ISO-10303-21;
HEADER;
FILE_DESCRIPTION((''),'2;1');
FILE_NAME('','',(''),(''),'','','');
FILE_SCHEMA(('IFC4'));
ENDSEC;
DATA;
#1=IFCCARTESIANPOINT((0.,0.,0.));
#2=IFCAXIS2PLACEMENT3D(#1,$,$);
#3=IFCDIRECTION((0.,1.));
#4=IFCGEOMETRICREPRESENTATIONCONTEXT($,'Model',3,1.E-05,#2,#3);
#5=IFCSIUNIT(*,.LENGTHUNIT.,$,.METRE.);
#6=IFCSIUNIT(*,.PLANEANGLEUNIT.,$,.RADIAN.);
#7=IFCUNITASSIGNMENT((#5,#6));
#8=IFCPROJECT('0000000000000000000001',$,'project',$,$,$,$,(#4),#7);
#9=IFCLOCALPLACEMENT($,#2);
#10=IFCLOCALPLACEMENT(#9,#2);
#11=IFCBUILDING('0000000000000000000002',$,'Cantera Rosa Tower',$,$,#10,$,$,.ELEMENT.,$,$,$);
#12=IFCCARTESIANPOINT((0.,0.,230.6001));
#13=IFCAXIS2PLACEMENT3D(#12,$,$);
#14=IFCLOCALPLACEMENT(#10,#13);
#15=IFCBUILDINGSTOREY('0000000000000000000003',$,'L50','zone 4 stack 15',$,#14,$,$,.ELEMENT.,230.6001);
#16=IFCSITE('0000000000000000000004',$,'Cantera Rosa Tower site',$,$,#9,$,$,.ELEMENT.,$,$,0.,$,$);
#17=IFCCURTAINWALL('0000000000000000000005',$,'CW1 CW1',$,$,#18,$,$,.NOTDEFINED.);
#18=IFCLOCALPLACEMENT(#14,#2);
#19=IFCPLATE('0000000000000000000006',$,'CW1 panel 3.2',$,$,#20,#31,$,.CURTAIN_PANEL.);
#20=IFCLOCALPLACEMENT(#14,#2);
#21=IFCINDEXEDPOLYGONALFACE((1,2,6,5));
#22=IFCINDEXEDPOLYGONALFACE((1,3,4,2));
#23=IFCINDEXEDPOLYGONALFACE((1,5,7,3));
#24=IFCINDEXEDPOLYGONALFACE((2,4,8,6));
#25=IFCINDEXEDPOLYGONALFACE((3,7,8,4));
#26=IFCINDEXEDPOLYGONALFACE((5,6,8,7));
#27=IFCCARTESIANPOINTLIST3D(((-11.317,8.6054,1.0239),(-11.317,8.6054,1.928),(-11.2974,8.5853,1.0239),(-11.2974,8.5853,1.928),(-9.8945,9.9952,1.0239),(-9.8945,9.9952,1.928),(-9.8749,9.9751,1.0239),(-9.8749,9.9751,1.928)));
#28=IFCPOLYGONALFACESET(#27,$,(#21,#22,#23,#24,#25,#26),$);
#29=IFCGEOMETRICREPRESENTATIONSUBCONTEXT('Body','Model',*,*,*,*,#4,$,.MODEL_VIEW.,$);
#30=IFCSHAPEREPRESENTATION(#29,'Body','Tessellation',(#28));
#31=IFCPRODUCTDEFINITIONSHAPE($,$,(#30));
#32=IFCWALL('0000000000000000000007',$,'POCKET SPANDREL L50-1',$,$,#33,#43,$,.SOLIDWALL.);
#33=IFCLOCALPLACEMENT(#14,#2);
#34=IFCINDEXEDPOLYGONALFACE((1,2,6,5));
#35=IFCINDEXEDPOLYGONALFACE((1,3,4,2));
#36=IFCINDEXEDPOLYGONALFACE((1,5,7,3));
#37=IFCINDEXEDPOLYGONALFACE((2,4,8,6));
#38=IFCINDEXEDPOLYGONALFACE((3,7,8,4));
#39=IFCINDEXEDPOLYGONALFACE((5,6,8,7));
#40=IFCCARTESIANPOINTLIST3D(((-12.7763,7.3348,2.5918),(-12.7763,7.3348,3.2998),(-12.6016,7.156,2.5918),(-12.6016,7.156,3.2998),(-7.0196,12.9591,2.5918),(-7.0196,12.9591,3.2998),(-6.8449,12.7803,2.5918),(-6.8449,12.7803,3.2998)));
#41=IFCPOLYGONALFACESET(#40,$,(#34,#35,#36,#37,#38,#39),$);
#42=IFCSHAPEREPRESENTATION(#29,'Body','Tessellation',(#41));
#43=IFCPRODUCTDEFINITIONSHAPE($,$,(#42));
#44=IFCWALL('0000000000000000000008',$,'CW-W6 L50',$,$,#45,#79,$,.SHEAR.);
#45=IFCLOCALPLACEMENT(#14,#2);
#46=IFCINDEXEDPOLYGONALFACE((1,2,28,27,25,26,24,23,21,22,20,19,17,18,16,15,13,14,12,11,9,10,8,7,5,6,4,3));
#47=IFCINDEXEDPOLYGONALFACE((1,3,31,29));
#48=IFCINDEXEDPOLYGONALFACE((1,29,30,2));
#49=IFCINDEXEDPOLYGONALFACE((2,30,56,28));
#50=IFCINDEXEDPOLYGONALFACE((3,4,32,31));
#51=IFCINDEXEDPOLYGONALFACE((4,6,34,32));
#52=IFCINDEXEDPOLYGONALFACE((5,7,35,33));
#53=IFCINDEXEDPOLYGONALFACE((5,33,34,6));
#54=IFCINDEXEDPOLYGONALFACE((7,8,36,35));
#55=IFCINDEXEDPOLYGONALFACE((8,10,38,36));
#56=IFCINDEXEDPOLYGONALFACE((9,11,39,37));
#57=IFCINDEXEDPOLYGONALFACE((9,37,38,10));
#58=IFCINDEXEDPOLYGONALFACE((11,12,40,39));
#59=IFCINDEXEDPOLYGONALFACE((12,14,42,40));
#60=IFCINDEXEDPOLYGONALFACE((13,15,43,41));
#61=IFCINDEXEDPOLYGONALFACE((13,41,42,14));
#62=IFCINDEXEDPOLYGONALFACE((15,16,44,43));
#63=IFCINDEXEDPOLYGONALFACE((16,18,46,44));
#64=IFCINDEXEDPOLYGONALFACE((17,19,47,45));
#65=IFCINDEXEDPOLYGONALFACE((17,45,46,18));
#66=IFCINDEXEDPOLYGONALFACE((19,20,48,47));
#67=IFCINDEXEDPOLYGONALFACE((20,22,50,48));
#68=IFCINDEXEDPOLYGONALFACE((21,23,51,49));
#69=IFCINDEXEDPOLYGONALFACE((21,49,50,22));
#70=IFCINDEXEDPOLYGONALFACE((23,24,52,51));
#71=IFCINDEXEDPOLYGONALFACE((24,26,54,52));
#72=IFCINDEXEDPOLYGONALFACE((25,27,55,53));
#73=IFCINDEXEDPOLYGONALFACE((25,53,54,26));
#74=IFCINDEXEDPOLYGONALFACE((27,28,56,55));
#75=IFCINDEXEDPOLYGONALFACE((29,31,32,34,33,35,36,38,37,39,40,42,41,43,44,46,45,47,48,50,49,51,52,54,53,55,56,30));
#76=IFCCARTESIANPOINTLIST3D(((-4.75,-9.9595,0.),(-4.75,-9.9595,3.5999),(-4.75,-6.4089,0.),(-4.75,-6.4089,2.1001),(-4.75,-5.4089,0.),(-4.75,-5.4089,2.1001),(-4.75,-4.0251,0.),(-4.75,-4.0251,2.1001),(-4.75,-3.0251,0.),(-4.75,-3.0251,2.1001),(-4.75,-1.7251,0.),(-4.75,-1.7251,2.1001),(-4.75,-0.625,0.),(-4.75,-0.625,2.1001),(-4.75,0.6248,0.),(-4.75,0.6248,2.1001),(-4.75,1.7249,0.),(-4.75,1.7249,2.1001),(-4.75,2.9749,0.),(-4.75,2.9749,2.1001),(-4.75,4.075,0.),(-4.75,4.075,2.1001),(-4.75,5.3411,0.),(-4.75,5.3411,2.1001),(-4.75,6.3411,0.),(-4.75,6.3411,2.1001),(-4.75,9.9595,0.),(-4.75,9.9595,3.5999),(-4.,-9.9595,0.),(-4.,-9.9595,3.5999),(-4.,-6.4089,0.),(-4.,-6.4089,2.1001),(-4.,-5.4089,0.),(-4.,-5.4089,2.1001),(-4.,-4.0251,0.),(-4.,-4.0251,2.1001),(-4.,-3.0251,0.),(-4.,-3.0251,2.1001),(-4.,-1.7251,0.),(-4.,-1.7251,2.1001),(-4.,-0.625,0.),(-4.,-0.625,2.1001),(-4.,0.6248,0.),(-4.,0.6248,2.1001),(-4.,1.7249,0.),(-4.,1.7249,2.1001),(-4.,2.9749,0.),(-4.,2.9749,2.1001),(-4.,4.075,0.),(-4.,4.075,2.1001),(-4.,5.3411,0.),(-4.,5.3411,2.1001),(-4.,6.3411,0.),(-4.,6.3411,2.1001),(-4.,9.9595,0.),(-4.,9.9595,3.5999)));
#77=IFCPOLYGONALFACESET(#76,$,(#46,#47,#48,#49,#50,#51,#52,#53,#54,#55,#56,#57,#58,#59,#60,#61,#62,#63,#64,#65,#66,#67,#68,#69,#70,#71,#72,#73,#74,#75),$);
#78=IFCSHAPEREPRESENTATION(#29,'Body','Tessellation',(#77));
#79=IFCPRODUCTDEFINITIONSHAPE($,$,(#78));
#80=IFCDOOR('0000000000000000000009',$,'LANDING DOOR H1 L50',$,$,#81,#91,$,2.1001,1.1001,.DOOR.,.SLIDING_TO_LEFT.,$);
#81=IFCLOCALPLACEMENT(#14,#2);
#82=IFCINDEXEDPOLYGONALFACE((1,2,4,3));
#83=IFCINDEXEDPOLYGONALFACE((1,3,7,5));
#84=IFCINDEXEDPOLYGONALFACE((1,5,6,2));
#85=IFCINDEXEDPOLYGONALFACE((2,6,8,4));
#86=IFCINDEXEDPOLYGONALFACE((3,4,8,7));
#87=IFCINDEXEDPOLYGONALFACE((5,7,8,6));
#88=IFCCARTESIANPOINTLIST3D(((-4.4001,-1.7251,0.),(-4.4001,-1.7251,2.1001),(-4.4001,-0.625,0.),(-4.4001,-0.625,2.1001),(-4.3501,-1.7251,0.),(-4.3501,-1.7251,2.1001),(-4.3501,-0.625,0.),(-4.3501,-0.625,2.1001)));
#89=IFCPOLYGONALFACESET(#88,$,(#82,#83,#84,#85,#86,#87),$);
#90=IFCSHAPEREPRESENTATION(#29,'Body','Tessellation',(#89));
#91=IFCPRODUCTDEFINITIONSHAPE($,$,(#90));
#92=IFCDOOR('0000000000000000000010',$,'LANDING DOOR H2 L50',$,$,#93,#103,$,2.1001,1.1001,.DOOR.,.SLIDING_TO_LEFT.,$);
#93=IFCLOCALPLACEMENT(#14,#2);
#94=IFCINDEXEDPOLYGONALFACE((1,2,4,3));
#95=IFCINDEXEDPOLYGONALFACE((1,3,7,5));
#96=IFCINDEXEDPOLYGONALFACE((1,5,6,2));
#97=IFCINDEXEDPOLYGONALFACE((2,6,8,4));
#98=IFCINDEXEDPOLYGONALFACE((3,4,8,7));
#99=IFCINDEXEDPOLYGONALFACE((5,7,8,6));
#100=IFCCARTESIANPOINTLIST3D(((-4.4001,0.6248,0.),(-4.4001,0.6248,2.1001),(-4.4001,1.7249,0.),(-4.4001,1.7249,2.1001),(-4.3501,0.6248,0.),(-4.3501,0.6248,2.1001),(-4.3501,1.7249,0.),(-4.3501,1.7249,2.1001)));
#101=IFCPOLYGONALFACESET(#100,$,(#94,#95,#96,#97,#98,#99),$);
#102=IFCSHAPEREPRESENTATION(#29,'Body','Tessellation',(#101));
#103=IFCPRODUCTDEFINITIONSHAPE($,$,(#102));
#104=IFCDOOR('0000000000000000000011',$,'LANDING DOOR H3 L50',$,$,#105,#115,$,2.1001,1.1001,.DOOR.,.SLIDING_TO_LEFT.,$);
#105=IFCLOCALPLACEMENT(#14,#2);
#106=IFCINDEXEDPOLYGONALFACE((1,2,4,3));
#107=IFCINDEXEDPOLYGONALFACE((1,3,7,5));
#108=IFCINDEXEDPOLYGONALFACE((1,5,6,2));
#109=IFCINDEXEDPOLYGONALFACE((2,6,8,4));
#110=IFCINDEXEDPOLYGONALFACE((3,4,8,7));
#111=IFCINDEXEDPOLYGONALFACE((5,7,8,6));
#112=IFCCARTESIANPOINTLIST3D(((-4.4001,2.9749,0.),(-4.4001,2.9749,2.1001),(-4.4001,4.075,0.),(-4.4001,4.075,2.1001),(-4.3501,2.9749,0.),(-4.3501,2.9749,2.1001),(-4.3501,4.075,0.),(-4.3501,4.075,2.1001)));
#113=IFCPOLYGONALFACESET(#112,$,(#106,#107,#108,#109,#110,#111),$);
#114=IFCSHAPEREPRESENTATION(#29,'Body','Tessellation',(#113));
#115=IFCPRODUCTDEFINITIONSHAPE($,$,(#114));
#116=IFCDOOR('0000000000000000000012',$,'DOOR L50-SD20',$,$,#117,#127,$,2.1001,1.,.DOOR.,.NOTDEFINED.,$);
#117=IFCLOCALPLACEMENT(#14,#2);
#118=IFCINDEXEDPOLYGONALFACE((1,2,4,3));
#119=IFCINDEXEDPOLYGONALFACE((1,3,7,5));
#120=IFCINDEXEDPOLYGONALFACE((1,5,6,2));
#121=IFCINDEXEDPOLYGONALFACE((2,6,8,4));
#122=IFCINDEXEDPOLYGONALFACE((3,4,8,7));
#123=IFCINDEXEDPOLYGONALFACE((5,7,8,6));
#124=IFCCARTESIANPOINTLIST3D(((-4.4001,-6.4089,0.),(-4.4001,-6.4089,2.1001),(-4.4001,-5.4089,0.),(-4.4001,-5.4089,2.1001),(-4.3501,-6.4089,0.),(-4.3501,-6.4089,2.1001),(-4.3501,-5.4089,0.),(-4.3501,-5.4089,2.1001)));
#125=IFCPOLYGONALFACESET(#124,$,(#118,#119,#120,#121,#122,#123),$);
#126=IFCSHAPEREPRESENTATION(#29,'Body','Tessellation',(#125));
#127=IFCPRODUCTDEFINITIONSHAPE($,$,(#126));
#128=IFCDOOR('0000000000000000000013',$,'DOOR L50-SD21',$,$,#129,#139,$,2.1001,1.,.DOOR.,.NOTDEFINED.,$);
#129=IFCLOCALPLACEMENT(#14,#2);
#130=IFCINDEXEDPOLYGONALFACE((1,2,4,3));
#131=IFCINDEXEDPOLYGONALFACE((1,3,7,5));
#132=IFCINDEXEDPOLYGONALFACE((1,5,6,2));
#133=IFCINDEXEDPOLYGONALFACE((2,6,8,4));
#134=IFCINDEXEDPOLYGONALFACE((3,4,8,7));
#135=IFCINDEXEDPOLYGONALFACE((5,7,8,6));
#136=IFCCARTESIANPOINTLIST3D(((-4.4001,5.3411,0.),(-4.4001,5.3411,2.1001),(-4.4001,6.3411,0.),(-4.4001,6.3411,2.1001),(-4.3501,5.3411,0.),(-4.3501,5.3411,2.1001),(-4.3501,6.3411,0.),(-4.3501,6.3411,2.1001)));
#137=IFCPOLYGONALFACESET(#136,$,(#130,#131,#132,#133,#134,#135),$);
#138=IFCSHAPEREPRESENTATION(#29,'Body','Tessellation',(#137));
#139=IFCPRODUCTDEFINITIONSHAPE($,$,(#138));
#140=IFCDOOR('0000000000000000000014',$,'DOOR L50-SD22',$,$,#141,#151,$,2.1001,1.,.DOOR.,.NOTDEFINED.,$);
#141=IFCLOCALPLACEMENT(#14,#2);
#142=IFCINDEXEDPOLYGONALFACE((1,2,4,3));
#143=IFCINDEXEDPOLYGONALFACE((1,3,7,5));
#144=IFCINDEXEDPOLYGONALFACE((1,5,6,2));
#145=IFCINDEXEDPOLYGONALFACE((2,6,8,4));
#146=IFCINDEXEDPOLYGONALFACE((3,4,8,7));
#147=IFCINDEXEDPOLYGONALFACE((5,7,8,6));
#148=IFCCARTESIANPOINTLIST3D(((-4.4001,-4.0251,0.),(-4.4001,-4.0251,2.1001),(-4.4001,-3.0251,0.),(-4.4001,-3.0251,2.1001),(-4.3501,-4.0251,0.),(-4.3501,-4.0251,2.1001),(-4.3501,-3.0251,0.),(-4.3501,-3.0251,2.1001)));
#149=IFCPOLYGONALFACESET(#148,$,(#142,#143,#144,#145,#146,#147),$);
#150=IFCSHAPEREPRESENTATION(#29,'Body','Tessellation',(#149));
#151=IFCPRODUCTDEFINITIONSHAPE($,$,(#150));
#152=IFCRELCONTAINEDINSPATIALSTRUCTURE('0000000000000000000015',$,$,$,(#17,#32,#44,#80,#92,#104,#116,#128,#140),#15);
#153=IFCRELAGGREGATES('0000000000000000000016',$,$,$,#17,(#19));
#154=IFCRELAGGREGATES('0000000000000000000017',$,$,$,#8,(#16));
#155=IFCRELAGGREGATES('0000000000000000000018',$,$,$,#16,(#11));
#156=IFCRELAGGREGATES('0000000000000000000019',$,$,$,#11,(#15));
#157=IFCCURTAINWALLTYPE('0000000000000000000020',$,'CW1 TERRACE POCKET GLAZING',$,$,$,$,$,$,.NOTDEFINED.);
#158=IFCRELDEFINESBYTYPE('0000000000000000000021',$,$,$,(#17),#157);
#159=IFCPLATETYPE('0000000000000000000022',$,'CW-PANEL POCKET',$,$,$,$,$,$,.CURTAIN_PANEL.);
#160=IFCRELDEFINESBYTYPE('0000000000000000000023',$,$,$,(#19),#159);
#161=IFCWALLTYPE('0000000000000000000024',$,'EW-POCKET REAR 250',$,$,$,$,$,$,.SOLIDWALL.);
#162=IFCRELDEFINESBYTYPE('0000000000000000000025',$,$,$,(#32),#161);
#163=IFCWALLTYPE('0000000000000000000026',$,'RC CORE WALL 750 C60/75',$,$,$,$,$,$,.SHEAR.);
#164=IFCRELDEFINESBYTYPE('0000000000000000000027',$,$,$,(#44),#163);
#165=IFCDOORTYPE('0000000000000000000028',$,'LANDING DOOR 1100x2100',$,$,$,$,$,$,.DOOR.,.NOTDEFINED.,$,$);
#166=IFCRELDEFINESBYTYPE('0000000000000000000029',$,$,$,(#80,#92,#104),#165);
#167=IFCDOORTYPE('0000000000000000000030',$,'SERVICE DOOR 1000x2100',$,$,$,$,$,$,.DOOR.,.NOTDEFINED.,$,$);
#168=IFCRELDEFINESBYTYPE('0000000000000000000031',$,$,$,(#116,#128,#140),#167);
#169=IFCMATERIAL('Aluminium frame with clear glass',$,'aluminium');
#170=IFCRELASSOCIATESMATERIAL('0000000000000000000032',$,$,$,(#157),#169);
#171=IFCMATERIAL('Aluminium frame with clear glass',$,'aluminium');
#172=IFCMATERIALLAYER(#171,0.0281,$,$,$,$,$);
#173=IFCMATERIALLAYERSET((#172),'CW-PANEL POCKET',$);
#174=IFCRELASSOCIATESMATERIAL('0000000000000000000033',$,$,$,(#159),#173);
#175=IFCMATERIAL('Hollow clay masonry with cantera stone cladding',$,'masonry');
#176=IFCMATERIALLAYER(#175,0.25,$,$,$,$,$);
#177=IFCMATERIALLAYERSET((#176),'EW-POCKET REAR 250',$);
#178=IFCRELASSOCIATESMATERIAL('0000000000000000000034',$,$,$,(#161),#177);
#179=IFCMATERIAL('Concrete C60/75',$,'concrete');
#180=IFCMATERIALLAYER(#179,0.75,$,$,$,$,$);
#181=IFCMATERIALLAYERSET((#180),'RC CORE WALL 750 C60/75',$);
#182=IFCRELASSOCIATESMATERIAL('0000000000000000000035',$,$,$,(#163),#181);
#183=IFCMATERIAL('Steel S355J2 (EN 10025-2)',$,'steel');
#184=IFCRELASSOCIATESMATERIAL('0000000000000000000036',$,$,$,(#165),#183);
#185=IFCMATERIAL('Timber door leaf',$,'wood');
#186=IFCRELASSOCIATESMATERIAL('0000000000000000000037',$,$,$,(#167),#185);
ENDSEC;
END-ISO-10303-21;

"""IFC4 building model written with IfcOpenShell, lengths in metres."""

from ifc_helpers import new_model, si_unit, direction, frame, frame_2d, origin, origin_2d, place, context, subcontext, project, spatial, rectangle, extrude, material, layer, layer_set, type_object, element, fill, aggregate, save


model = new_model("IFC4")

# Units and contexts
model_context = context("Model", 3, precision=1e-05, world=origin(), true_north=direction((0.0, 1.0)))
body_context = subcontext(model_context, "Body", "Model", "MODEL_VIEW")
ifc_project = project(units=[si_unit("LENGTHUNIT", "METRE"), si_unit("PLANEANGLEUNIT", "RADIAN")], contexts=[model_context])

# Site, building, storey
site_placement = place(None, origin())
site = spatial("IfcSite", under=ifc_project, at=site_placement, Name="Cantera Rosa Tower site", CompositionType="ELEMENT", RefElevation=0.0)
building_placement = place(site_placement, origin())
building = spatial("IfcBuilding", under=site, at=building_placement, Name="Cantera Rosa Tower", CompositionType="ELEMENT")
storey_placement = place(building_placement, frame((0.0, 0.0, 230.6001)))
storey = spatial("IfcBuildingStorey", under=building, at=storey_placement, Name="L50", Description="zone 4 stack 15", CompositionType="ELEMENT", Elevation=230.6001)

# Curtain wall
ifc_material_1 = material(Name="Aluminium frame with clear glass", Category="aluminium")
curtain_wall_type = type_object("IfcCurtainWallType", Name="CW1 TERRACE POCKET GLAZING", PredefinedType="NOTDEFINED", material=ifc_material_1)
curtain_wall_placement = place(storey_placement, origin())
curtain_wall = element("IfcCurtainWall", 1, at=curtain_wall_placement, inside=storey, type_object=curtain_wall_type, Name="CW1 CW1", PredefinedType="NOTDEFINED")

# Plate
ifc_material_2 = material(Name="Aluminium frame with clear glass", Category="aluminium")
ifc_layer_1 = layer(ifc_material_2, 0.0281)
ifc_layer_set_1 = layer_set([ifc_layer_1], Name="CW-PANEL POCKET")
plate_type = type_object("IfcPlateType", Name="CW-PANEL POCKET", PredefinedType="CURTAIN_PANEL", material=ifc_layer_set_1)
plate_1_placement = place(storey_placement, frame((-10.5959, 9.2903, 1.0239), z_axis=(0.0, 0.0, 1.0), x_axis=(-0.715286, -0.698832, 0.0)))
plate_1 = element("IfcPlate", 2, at=plate_1_placement, type_object=plate_type, Name="CW1 panel 3.2", PredefinedType="CURTAIN_PANEL", context=body_context, shape_type="SweptSolid", body=[
    extrude(rectangle(XDim=1.9888, YDim=0.0281, at=origin_2d()), origin(), (0.0, 0.0, 1.0), 0.9041),
])
aggregate(curtain_wall, [plate_1])

# Wall
ifc_material_3 = material(Name="Hollow clay masonry with cantera stone cladding", Category="masonry")
ifc_layer_2 = layer(ifc_material_3, 0.25)
ifc_layer_set_2 = layer_set([ifc_layer_2], Name="EW-POCKET REAR 250")
wall_type_1 = type_object("IfcWallType", Name="EW-POCKET REAR 250", PredefinedType="SOLIDWALL", material=ifc_layer_set_2)
wall_1_placement = place(storey_placement, frame((-6.9324, 12.8696, 2.5918), z_axis=(0.0, 0.0, 1.0), x_axis=(-0.71528, -0.698838, 0.0)))
element("IfcWall", 3, at=wall_1_placement, inside=storey, type_object=wall_type_1, Name="POCKET SPANDREL L50-1", PredefinedType="SOLIDWALL", context=body_context, shape_type="SweptSolid", body=[
    extrude(rectangle(XDim=8.0481, YDim=0.25, at=frame_2d((4.0239, 0.0))), origin(), (0.0, 0.0, 1.0), 0.708),
])

# Wall, openings, doors
ifc_material_4 = material(Name="Concrete C60/75", Category="concrete")
ifc_layer_3 = layer(ifc_material_4, 0.75)
ifc_layer_set_3 = layer_set([ifc_layer_3], Name="RC CORE WALL 750 C60/75")
wall_type_2 = type_object("IfcWallType", Name="RC CORE WALL 750 C60/75", PredefinedType="SHEAR", material=ifc_layer_set_3)
wall_2_placement = place(storey_placement, frame((-4.375, 9.9595, 0.0), z_axis=(0.0, 0.0, 1.0), x_axis=(0.0, -1.0, 0.0)))
wall_2 = element("IfcWall", 4, at=wall_2_placement, inside=storey, type_object=wall_type_2, Name="CW-W6 L50", PredefinedType="SHEAR", context=body_context, shape_type="SweptSolid", body=[
    extrude(rectangle(XDim=19.9189, YDim=0.75, at=frame_2d((9.9595, 0.0))), origin(), (0.0, 0.0, 1.0), 3.5999),
])
opening_1_placement = place(wall_2_placement, frame((10.5845, 0.0, 0.0)))
opening_1 = element("IfcOpeningElement", 5, at=opening_1_placement, cuts=wall_2, PredefinedType="OPENING", context=body_context, shape_type="SweptSolid", body=[
    extrude(rectangle(XDim=1.1001, YDim=2.1001, at=frame_2d((0.55, 1.05))), frame((0.0, 0.385, 0.0), z_axis=(0.0, -1.0, 0.0), x_axis=(1.0, 0.0, 0.0)), (0.0, 0.0, 1.0), 0.77),
])
opening_2_placement = place(wall_2_placement, frame((8.2346, 0.0, 0.0)))
opening_2 = element("IfcOpeningElement", 6, at=opening_2_placement, cuts=wall_2, PredefinedType="OPENING", context=body_context, shape_type="SweptSolid", body=[
    extrude(rectangle(XDim=1.1001, YDim=2.1001, at=frame_2d((0.55, 1.05))), frame((0.0, 0.385, 0.0), z_axis=(0.0, -1.0, 0.0), x_axis=(1.0, 0.0, 0.0)), (0.0, 0.0, 1.0), 0.77),
])
opening_3_placement = place(wall_2_placement, frame((5.8845, 0.0, 0.0)))
opening_3 = element("IfcOpeningElement", 7, at=opening_3_placement, cuts=wall_2, PredefinedType="OPENING", context=body_context, shape_type="SweptSolid", body=[
    extrude(rectangle(XDim=1.1001, YDim=2.1001, at=frame_2d((0.55, 1.05))), frame((0.0, 0.385, 0.0), z_axis=(0.0, -1.0, 0.0), x_axis=(1.0, 0.0, 0.0)), (0.0, 0.0, 1.0), 0.77),
])
opening_4_placement = place(wall_2_placement, frame((15.3684, 0.0, 0.0)))
opening_4 = element("IfcOpeningElement", 8, at=opening_4_placement, cuts=wall_2, PredefinedType="OPENING", context=body_context, shape_type="SweptSolid", body=[
    extrude(rectangle(XDim=1.0, YDim=2.1001, at=frame_2d((0.5, 1.05))), frame((0.0, 0.385, 0.0), z_axis=(0.0, -1.0, 0.0), x_axis=(1.0, 0.0, 0.0)), (0.0, 0.0, 1.0), 0.77),
])
opening_5_placement = place(wall_2_placement, frame((3.6184, 0.0, 0.0)))
opening_5 = element("IfcOpeningElement", 9, at=opening_5_placement, cuts=wall_2, PredefinedType="OPENING", context=body_context, shape_type="SweptSolid", body=[
    extrude(rectangle(XDim=1.0, YDim=2.1001, at=frame_2d((0.5, 1.05))), frame((0.0, 0.385, 0.0), z_axis=(0.0, -1.0, 0.0), x_axis=(1.0, 0.0, 0.0)), (0.0, 0.0, 1.0), 0.77),
])
opening_6_placement = place(wall_2_placement, frame((12.9846, 0.0, 0.0)))
opening_6 = element("IfcOpeningElement", 10, at=opening_6_placement, cuts=wall_2, PredefinedType="OPENING", context=body_context, shape_type="SweptSolid", body=[
    extrude(rectangle(XDim=1.0, YDim=2.1001, at=frame_2d((0.5, 1.05))), frame((0.0, 0.385, 0.0), z_axis=(0.0, -1.0, 0.0), x_axis=(1.0, 0.0, 0.0)), (0.0, 0.0, 1.0), 0.77),
])
ifc_material_5 = material(Name="Steel S355J2 (EN 10025-2)", Category="steel")
door_type_1 = type_object("IfcDoorType", Name="LANDING DOOR 1100x2100", OperationType="NOTDEFINED", PredefinedType="DOOR", material=ifc_material_5)
door_1_placement = place(opening_1_placement, origin())
door_1 = element("IfcDoor", 11, at=door_1_placement, inside=storey, type_object=door_type_1, Name="LANDING DOOR H1 L50", OperationType="SLIDING_TO_LEFT", OverallHeight=2.1001, OverallWidth=1.1001, PredefinedType="DOOR", context=body_context, shape_type="SweptSolid", body=[
    extrude(rectangle(XDim=1.1001, YDim=2.1001, at=frame_2d((0.55, 1.05))), frame((0.0, 0.0249, 0.0), z_axis=(0.0, -1.0, 0.0), x_axis=(1.0, 0.0, 0.0)), (0.0, 0.0, 1.0), 0.05),
])
fill(opening_1, door_1)
door_2_placement = place(opening_2_placement, origin())
door_2 = element("IfcDoor", 12, at=door_2_placement, inside=storey, type_object=door_type_1, Name="LANDING DOOR H2 L50", OperationType="SLIDING_TO_LEFT", OverallHeight=2.1001, OverallWidth=1.1001, PredefinedType="DOOR", context=body_context, shape_type="SweptSolid", body=[
    extrude(rectangle(XDim=1.1001, YDim=2.1001, at=frame_2d((0.55, 1.05))), frame((0.0, 0.0249, 0.0), z_axis=(0.0, -1.0, 0.0), x_axis=(1.0, 0.0, 0.0)), (0.0, 0.0, 1.0), 0.05),
])
fill(opening_2, door_2)
door_3_placement = place(opening_3_placement, origin())
door_3 = element("IfcDoor", 13, at=door_3_placement, inside=storey, type_object=door_type_1, Name="LANDING DOOR H3 L50", OperationType="SLIDING_TO_LEFT", OverallHeight=2.1001, OverallWidth=1.1001, PredefinedType="DOOR", context=body_context, shape_type="SweptSolid", body=[
    extrude(rectangle(XDim=1.1001, YDim=2.1001, at=frame_2d((0.55, 1.05))), frame((0.0, 0.0249, 0.0), z_axis=(0.0, -1.0, 0.0), x_axis=(1.0, 0.0, 0.0)), (0.0, 0.0, 1.0), 0.05),
])
fill(opening_3, door_3)
ifc_material_6 = material(Name="Timber door leaf", Category="wood")
door_type_2 = type_object("IfcDoorType", Name="SERVICE DOOR 1000x2100", OperationType="NOTDEFINED", PredefinedType="DOOR", material=ifc_material_6)
door_4_placement = place(opening_4_placement, origin())
door_4 = element("IfcDoor", 14, at=door_4_placement, inside=storey, type_object=door_type_2, Name="DOOR L50-SD20", OperationType="NOTDEFINED", OverallHeight=2.1001, OverallWidth=1.0, PredefinedType="DOOR", context=body_context, shape_type="SweptSolid", body=[
    extrude(rectangle(XDim=1.0, YDim=2.1001, at=frame_2d((0.5, 1.05))), frame((0.0, 0.0249, 0.0), z_axis=(0.0, -1.0, 0.0), x_axis=(1.0, 0.0, 0.0)), (0.0, 0.0, 1.0), 0.05),
])
fill(opening_4, door_4)
door_5_placement = place(opening_5_placement, origin())
door_5 = element("IfcDoor", 15, at=door_5_placement, inside=storey, type_object=door_type_2, Name="DOOR L50-SD21", OperationType="NOTDEFINED", OverallHeight=2.1001, OverallWidth=1.0, PredefinedType="DOOR", context=body_context, shape_type="SweptSolid", body=[
    extrude(rectangle(XDim=1.0, YDim=2.1001, at=frame_2d((0.5, 1.05))), frame((0.0, 0.0249, 0.0), z_axis=(0.0, -1.0, 0.0), x_axis=(1.0, 0.0, 0.0)), (0.0, 0.0, 1.0), 0.05),
])
fill(opening_5, door_5)
door_6_placement = place(opening_6_placement, origin())
door_6 = element("IfcDoor", 16, at=door_6_placement, inside=storey, type_object=door_type_2, Name="DOOR L50-SD22", OperationType="NOTDEFINED", OverallHeight=2.1001, OverallWidth=1.0, PredefinedType="DOOR", context=body_context, shape_type="SweptSolid", body=[
    extrude(rectangle(XDim=1.0, YDim=2.1001, at=frame_2d((0.5, 1.05))), frame((0.0, 0.0249, 0.0), z_axis=(0.0, -1.0, 0.0), x_axis=(1.0, 0.0, 0.0)), (0.0, 0.0, 1.0), 0.05),
])
fill(opening_6, door_6)

save(model, "model.ifc")
